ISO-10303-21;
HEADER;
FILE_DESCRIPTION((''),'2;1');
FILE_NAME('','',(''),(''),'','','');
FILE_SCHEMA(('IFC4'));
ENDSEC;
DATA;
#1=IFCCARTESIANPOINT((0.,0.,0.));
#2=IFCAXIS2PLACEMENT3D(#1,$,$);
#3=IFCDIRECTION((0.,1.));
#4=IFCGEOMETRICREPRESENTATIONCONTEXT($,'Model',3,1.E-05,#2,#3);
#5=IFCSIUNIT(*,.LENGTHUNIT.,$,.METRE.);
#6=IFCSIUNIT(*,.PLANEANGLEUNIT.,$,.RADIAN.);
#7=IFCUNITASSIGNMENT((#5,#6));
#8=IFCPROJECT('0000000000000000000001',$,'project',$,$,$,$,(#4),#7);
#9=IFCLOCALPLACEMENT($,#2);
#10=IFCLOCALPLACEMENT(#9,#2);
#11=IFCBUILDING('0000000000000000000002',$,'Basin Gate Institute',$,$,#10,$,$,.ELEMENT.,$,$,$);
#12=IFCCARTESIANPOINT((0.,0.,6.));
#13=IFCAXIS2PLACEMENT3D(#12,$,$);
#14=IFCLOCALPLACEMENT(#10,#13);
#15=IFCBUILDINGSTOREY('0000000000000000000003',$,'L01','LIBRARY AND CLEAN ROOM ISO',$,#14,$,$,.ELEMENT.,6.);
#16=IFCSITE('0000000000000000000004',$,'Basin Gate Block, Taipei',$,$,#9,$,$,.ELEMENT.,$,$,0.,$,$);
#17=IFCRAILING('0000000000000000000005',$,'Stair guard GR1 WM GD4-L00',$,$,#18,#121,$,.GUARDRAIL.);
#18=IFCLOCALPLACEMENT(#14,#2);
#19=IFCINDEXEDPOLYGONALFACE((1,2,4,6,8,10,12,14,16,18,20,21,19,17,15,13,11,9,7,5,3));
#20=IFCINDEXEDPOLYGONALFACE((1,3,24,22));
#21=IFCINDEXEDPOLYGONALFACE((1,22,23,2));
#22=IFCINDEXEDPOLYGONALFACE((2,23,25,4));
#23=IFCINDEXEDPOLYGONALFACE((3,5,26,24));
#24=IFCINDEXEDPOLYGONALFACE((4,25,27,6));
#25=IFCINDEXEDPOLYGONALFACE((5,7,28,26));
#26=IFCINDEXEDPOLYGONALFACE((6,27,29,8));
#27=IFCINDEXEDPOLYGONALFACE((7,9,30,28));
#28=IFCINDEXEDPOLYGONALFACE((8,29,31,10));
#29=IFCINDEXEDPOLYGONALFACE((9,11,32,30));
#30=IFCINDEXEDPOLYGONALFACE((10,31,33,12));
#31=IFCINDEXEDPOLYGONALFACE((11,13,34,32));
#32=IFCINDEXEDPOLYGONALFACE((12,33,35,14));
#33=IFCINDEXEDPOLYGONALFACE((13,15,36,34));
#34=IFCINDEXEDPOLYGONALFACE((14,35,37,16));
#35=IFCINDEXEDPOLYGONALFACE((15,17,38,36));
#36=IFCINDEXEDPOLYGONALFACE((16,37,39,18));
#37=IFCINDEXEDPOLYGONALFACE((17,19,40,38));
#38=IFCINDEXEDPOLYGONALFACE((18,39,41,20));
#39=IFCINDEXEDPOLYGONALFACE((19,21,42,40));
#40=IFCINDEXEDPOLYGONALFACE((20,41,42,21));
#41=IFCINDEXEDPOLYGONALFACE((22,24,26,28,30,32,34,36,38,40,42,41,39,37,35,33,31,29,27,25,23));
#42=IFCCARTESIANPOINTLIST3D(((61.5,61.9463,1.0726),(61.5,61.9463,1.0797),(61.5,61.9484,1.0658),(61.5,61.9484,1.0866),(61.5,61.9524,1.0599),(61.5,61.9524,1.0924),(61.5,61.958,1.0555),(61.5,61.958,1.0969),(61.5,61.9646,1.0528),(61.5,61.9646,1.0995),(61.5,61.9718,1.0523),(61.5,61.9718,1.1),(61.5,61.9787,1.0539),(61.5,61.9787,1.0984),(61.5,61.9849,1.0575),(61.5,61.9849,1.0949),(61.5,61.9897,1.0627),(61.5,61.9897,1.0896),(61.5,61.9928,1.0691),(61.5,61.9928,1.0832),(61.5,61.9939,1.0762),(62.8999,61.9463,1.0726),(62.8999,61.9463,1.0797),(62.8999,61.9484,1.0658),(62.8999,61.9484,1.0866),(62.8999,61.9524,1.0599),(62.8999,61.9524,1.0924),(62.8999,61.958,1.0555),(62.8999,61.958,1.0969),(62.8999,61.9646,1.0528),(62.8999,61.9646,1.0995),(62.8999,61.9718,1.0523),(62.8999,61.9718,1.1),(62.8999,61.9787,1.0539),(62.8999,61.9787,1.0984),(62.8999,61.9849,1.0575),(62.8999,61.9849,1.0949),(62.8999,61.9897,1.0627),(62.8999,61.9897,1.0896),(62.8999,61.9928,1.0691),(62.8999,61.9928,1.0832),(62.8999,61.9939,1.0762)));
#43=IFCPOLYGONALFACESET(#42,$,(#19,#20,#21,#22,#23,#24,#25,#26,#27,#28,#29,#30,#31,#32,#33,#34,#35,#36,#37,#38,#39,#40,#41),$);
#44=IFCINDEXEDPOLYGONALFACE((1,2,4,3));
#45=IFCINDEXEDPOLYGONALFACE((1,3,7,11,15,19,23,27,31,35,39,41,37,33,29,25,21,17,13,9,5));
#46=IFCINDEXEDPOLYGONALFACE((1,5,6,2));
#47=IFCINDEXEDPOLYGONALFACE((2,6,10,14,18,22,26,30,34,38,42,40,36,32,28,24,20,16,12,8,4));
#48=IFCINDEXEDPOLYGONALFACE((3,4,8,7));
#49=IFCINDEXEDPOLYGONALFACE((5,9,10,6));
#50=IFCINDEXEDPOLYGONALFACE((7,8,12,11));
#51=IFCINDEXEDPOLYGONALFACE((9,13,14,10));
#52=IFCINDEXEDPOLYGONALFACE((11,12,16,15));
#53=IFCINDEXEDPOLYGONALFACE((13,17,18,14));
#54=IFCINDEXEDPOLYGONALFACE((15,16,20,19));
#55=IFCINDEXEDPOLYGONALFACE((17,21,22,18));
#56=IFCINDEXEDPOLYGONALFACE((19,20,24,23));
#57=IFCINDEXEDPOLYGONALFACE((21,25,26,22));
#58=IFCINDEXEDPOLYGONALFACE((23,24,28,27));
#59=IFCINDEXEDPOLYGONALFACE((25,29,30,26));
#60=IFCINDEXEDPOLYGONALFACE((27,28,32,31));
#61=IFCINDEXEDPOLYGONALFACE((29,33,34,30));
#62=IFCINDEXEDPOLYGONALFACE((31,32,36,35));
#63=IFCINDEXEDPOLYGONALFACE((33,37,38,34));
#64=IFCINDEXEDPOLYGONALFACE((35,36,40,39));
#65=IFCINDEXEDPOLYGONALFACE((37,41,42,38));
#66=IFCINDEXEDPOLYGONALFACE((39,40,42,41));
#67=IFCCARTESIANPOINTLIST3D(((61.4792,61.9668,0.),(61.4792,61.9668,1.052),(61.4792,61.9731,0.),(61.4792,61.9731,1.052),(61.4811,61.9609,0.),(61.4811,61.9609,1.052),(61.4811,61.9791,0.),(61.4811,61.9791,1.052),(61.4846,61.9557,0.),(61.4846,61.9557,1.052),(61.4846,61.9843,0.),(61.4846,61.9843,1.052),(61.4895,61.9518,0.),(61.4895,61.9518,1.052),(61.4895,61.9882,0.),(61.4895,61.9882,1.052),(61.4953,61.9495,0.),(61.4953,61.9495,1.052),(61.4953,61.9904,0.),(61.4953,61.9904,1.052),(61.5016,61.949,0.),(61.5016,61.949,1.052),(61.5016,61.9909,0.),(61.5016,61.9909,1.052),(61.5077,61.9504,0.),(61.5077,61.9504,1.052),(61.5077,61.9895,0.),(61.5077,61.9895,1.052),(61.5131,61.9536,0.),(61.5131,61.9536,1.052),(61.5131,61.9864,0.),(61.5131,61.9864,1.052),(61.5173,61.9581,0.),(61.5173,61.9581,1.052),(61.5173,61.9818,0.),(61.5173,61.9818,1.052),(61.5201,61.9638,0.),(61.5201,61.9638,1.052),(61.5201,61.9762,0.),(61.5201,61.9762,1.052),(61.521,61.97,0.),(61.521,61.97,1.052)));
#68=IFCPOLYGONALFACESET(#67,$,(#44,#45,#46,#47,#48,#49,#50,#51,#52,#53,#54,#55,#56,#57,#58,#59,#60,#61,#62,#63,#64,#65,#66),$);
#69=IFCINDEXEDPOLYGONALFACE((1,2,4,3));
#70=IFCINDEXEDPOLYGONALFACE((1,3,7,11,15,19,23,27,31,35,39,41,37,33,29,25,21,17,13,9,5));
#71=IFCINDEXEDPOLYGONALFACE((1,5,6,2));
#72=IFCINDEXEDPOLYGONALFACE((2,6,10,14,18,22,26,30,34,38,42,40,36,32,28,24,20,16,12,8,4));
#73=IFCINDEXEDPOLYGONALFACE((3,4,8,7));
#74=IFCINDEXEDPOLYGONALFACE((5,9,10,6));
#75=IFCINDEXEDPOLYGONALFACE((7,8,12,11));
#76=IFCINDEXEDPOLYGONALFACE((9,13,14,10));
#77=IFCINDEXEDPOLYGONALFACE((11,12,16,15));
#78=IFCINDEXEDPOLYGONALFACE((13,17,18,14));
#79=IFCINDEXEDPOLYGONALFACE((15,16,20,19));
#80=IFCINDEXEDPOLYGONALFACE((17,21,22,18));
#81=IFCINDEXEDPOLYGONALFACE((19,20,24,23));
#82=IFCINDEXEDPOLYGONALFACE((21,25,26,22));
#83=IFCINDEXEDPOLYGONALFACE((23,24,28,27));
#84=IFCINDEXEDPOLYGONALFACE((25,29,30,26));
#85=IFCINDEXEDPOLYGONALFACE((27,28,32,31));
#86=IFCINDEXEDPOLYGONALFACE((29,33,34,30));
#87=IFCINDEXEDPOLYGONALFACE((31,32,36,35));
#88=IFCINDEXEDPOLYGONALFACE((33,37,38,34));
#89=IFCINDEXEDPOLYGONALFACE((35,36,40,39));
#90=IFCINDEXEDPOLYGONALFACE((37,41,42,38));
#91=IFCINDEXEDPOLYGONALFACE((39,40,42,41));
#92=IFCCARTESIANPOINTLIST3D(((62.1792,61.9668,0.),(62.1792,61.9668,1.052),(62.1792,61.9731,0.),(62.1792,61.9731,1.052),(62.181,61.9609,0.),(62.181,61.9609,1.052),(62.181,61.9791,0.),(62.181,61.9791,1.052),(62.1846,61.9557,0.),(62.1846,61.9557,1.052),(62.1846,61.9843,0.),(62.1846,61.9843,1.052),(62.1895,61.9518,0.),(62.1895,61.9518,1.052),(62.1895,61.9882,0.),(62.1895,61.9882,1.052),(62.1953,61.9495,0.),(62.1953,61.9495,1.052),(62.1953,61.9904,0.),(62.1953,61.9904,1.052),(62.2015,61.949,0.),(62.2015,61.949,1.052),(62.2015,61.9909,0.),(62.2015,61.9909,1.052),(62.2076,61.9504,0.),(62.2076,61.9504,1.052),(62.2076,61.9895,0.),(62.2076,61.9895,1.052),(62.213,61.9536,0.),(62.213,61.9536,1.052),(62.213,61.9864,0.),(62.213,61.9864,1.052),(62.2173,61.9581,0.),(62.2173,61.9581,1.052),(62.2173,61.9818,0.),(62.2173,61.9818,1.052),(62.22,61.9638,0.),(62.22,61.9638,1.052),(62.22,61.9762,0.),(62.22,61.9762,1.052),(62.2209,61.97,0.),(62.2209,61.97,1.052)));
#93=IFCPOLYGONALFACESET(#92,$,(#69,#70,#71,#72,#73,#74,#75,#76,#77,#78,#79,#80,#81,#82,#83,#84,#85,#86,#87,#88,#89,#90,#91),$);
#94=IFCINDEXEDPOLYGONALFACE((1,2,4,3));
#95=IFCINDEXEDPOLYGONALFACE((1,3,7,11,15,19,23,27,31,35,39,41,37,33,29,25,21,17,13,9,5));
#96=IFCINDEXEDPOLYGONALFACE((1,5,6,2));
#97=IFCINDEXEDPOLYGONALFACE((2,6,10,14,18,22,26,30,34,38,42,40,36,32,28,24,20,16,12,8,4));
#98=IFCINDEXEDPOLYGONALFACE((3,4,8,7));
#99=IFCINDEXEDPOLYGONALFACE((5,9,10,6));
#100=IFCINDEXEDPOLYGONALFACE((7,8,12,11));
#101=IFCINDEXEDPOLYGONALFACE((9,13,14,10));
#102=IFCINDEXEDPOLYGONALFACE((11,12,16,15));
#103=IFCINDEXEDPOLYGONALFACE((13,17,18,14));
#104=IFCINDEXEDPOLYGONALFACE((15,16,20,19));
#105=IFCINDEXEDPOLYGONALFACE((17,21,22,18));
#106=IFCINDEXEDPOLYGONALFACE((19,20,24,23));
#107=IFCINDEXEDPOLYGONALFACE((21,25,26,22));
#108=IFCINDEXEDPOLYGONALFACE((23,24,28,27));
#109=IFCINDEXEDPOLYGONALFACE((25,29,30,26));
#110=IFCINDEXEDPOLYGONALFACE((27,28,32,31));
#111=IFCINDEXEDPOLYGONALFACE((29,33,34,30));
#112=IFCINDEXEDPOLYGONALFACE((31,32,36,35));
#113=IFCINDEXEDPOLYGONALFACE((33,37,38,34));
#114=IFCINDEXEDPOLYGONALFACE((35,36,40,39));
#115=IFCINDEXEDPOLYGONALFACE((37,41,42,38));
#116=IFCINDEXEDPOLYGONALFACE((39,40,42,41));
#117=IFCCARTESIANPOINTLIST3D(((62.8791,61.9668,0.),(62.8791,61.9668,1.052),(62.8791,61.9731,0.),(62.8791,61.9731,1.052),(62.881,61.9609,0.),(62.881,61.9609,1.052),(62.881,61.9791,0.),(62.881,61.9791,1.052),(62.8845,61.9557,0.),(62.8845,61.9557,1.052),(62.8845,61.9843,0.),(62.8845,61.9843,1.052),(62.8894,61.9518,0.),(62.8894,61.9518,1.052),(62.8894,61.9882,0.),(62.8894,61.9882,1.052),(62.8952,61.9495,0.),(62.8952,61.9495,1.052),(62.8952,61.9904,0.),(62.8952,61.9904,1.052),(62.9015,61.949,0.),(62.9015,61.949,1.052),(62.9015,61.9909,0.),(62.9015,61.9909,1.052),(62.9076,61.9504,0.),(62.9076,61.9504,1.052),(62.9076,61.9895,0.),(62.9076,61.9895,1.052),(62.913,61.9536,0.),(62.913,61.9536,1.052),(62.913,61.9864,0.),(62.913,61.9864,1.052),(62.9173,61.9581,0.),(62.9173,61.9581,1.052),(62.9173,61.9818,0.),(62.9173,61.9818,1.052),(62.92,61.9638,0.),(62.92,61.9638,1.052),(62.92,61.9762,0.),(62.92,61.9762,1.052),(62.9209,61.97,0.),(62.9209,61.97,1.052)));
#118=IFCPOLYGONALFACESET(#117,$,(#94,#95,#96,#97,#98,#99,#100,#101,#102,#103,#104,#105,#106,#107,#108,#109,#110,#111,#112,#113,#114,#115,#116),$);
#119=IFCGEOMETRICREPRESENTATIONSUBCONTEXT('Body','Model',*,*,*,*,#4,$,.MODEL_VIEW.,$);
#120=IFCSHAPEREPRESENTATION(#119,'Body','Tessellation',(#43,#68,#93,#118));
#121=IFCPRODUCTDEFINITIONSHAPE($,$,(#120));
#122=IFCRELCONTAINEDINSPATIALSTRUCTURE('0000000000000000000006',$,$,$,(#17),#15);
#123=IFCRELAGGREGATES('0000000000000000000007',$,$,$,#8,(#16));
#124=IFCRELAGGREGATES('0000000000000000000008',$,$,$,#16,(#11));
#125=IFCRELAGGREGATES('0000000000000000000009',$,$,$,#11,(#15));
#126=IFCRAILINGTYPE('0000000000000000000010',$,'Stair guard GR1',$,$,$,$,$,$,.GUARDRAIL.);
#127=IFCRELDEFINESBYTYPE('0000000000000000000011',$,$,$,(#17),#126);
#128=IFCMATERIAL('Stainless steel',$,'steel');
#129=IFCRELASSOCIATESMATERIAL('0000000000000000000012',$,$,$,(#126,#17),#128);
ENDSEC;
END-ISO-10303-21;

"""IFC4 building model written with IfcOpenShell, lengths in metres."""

from ifc_helpers import new_model, si_unit, direction, frame, origin, origin_2d, place, context, subcontext, project, spatial, circle, extrude, material, type_object, element, save


model = new_model("IFC4")

# Units and contexts
model_context = context("Model", 3, precision=1e-05, world=origin(), true_north=direction((0.0, 1.0)))
body_context = subcontext(model_context, "Body", "Model", "MODEL_VIEW")
ifc_project = project(units=[si_unit("LENGTHUNIT", "METRE"), si_unit("PLANEANGLEUNIT", "RADIAN")], contexts=[model_context])

# Site, building, storey
site_placement = place(None, origin())
site = spatial("IfcSite", under=ifc_project, at=site_placement, Name="Basin Gate Block, Taipei", CompositionType="ELEMENT", RefElevation=0.0)
building_placement = place(site_placement, origin())
building = spatial("IfcBuilding", under=site, at=building_placement, Name="Basin Gate Institute", CompositionType="ELEMENT")
storey_placement = place(building_placement, frame((0.0, 0.0, 6.0)))
storey = spatial("IfcBuildingStorey", under=building, at=storey_placement, Name="L01", Description="LIBRARY AND CLEAN ROOM ISO", CompositionType="ELEMENT", Elevation=6.0)

# Railing
ifc_material_1 = material(Name="Stainless steel", Category="steel")
railing_type_1 = type_object("IfcRailingType", Name="Stair guard GR1", PredefinedType="GUARDRAIL", material=ifc_material_1)
railing_1_placement = place(storey_placement, frame((61.5, 61.97, 0.0)))
element("IfcRailing", 1, at=railing_1_placement, inside=storey, type_object=railing_type_1, material=ifc_material_1, Name="Stair guard GR1 WM GD4-L00", PredefinedType="GUARDRAIL", context=body_context, shape_type="SweptSolid", body=[
    extrude(circle(Radius=0.0239, at=origin_2d()), frame((0.0, 0.0, 1.0762), z_axis=(1.0, 0.0, 0.0), x_axis=(0.0, 1.0, 0.0)), (0.0, 0.0, 1.0), 1.3999),
    extrude(circle(Radius=0.021, at=origin_2d()), origin(), (0.0, 0.0, 1.0), 1.052),
    extrude(circle(Radius=0.021, at=origin_2d()), frame((0.7, 0.0, 0.0)), (0.0, 0.0, 1.0), 1.052),
    extrude(circle(Radius=0.021, at=origin_2d()), frame((1.3999, 0.0, 0.0)), (0.0, 0.0, 1.0), 1.052),
])

save(model, "model.ifc")
